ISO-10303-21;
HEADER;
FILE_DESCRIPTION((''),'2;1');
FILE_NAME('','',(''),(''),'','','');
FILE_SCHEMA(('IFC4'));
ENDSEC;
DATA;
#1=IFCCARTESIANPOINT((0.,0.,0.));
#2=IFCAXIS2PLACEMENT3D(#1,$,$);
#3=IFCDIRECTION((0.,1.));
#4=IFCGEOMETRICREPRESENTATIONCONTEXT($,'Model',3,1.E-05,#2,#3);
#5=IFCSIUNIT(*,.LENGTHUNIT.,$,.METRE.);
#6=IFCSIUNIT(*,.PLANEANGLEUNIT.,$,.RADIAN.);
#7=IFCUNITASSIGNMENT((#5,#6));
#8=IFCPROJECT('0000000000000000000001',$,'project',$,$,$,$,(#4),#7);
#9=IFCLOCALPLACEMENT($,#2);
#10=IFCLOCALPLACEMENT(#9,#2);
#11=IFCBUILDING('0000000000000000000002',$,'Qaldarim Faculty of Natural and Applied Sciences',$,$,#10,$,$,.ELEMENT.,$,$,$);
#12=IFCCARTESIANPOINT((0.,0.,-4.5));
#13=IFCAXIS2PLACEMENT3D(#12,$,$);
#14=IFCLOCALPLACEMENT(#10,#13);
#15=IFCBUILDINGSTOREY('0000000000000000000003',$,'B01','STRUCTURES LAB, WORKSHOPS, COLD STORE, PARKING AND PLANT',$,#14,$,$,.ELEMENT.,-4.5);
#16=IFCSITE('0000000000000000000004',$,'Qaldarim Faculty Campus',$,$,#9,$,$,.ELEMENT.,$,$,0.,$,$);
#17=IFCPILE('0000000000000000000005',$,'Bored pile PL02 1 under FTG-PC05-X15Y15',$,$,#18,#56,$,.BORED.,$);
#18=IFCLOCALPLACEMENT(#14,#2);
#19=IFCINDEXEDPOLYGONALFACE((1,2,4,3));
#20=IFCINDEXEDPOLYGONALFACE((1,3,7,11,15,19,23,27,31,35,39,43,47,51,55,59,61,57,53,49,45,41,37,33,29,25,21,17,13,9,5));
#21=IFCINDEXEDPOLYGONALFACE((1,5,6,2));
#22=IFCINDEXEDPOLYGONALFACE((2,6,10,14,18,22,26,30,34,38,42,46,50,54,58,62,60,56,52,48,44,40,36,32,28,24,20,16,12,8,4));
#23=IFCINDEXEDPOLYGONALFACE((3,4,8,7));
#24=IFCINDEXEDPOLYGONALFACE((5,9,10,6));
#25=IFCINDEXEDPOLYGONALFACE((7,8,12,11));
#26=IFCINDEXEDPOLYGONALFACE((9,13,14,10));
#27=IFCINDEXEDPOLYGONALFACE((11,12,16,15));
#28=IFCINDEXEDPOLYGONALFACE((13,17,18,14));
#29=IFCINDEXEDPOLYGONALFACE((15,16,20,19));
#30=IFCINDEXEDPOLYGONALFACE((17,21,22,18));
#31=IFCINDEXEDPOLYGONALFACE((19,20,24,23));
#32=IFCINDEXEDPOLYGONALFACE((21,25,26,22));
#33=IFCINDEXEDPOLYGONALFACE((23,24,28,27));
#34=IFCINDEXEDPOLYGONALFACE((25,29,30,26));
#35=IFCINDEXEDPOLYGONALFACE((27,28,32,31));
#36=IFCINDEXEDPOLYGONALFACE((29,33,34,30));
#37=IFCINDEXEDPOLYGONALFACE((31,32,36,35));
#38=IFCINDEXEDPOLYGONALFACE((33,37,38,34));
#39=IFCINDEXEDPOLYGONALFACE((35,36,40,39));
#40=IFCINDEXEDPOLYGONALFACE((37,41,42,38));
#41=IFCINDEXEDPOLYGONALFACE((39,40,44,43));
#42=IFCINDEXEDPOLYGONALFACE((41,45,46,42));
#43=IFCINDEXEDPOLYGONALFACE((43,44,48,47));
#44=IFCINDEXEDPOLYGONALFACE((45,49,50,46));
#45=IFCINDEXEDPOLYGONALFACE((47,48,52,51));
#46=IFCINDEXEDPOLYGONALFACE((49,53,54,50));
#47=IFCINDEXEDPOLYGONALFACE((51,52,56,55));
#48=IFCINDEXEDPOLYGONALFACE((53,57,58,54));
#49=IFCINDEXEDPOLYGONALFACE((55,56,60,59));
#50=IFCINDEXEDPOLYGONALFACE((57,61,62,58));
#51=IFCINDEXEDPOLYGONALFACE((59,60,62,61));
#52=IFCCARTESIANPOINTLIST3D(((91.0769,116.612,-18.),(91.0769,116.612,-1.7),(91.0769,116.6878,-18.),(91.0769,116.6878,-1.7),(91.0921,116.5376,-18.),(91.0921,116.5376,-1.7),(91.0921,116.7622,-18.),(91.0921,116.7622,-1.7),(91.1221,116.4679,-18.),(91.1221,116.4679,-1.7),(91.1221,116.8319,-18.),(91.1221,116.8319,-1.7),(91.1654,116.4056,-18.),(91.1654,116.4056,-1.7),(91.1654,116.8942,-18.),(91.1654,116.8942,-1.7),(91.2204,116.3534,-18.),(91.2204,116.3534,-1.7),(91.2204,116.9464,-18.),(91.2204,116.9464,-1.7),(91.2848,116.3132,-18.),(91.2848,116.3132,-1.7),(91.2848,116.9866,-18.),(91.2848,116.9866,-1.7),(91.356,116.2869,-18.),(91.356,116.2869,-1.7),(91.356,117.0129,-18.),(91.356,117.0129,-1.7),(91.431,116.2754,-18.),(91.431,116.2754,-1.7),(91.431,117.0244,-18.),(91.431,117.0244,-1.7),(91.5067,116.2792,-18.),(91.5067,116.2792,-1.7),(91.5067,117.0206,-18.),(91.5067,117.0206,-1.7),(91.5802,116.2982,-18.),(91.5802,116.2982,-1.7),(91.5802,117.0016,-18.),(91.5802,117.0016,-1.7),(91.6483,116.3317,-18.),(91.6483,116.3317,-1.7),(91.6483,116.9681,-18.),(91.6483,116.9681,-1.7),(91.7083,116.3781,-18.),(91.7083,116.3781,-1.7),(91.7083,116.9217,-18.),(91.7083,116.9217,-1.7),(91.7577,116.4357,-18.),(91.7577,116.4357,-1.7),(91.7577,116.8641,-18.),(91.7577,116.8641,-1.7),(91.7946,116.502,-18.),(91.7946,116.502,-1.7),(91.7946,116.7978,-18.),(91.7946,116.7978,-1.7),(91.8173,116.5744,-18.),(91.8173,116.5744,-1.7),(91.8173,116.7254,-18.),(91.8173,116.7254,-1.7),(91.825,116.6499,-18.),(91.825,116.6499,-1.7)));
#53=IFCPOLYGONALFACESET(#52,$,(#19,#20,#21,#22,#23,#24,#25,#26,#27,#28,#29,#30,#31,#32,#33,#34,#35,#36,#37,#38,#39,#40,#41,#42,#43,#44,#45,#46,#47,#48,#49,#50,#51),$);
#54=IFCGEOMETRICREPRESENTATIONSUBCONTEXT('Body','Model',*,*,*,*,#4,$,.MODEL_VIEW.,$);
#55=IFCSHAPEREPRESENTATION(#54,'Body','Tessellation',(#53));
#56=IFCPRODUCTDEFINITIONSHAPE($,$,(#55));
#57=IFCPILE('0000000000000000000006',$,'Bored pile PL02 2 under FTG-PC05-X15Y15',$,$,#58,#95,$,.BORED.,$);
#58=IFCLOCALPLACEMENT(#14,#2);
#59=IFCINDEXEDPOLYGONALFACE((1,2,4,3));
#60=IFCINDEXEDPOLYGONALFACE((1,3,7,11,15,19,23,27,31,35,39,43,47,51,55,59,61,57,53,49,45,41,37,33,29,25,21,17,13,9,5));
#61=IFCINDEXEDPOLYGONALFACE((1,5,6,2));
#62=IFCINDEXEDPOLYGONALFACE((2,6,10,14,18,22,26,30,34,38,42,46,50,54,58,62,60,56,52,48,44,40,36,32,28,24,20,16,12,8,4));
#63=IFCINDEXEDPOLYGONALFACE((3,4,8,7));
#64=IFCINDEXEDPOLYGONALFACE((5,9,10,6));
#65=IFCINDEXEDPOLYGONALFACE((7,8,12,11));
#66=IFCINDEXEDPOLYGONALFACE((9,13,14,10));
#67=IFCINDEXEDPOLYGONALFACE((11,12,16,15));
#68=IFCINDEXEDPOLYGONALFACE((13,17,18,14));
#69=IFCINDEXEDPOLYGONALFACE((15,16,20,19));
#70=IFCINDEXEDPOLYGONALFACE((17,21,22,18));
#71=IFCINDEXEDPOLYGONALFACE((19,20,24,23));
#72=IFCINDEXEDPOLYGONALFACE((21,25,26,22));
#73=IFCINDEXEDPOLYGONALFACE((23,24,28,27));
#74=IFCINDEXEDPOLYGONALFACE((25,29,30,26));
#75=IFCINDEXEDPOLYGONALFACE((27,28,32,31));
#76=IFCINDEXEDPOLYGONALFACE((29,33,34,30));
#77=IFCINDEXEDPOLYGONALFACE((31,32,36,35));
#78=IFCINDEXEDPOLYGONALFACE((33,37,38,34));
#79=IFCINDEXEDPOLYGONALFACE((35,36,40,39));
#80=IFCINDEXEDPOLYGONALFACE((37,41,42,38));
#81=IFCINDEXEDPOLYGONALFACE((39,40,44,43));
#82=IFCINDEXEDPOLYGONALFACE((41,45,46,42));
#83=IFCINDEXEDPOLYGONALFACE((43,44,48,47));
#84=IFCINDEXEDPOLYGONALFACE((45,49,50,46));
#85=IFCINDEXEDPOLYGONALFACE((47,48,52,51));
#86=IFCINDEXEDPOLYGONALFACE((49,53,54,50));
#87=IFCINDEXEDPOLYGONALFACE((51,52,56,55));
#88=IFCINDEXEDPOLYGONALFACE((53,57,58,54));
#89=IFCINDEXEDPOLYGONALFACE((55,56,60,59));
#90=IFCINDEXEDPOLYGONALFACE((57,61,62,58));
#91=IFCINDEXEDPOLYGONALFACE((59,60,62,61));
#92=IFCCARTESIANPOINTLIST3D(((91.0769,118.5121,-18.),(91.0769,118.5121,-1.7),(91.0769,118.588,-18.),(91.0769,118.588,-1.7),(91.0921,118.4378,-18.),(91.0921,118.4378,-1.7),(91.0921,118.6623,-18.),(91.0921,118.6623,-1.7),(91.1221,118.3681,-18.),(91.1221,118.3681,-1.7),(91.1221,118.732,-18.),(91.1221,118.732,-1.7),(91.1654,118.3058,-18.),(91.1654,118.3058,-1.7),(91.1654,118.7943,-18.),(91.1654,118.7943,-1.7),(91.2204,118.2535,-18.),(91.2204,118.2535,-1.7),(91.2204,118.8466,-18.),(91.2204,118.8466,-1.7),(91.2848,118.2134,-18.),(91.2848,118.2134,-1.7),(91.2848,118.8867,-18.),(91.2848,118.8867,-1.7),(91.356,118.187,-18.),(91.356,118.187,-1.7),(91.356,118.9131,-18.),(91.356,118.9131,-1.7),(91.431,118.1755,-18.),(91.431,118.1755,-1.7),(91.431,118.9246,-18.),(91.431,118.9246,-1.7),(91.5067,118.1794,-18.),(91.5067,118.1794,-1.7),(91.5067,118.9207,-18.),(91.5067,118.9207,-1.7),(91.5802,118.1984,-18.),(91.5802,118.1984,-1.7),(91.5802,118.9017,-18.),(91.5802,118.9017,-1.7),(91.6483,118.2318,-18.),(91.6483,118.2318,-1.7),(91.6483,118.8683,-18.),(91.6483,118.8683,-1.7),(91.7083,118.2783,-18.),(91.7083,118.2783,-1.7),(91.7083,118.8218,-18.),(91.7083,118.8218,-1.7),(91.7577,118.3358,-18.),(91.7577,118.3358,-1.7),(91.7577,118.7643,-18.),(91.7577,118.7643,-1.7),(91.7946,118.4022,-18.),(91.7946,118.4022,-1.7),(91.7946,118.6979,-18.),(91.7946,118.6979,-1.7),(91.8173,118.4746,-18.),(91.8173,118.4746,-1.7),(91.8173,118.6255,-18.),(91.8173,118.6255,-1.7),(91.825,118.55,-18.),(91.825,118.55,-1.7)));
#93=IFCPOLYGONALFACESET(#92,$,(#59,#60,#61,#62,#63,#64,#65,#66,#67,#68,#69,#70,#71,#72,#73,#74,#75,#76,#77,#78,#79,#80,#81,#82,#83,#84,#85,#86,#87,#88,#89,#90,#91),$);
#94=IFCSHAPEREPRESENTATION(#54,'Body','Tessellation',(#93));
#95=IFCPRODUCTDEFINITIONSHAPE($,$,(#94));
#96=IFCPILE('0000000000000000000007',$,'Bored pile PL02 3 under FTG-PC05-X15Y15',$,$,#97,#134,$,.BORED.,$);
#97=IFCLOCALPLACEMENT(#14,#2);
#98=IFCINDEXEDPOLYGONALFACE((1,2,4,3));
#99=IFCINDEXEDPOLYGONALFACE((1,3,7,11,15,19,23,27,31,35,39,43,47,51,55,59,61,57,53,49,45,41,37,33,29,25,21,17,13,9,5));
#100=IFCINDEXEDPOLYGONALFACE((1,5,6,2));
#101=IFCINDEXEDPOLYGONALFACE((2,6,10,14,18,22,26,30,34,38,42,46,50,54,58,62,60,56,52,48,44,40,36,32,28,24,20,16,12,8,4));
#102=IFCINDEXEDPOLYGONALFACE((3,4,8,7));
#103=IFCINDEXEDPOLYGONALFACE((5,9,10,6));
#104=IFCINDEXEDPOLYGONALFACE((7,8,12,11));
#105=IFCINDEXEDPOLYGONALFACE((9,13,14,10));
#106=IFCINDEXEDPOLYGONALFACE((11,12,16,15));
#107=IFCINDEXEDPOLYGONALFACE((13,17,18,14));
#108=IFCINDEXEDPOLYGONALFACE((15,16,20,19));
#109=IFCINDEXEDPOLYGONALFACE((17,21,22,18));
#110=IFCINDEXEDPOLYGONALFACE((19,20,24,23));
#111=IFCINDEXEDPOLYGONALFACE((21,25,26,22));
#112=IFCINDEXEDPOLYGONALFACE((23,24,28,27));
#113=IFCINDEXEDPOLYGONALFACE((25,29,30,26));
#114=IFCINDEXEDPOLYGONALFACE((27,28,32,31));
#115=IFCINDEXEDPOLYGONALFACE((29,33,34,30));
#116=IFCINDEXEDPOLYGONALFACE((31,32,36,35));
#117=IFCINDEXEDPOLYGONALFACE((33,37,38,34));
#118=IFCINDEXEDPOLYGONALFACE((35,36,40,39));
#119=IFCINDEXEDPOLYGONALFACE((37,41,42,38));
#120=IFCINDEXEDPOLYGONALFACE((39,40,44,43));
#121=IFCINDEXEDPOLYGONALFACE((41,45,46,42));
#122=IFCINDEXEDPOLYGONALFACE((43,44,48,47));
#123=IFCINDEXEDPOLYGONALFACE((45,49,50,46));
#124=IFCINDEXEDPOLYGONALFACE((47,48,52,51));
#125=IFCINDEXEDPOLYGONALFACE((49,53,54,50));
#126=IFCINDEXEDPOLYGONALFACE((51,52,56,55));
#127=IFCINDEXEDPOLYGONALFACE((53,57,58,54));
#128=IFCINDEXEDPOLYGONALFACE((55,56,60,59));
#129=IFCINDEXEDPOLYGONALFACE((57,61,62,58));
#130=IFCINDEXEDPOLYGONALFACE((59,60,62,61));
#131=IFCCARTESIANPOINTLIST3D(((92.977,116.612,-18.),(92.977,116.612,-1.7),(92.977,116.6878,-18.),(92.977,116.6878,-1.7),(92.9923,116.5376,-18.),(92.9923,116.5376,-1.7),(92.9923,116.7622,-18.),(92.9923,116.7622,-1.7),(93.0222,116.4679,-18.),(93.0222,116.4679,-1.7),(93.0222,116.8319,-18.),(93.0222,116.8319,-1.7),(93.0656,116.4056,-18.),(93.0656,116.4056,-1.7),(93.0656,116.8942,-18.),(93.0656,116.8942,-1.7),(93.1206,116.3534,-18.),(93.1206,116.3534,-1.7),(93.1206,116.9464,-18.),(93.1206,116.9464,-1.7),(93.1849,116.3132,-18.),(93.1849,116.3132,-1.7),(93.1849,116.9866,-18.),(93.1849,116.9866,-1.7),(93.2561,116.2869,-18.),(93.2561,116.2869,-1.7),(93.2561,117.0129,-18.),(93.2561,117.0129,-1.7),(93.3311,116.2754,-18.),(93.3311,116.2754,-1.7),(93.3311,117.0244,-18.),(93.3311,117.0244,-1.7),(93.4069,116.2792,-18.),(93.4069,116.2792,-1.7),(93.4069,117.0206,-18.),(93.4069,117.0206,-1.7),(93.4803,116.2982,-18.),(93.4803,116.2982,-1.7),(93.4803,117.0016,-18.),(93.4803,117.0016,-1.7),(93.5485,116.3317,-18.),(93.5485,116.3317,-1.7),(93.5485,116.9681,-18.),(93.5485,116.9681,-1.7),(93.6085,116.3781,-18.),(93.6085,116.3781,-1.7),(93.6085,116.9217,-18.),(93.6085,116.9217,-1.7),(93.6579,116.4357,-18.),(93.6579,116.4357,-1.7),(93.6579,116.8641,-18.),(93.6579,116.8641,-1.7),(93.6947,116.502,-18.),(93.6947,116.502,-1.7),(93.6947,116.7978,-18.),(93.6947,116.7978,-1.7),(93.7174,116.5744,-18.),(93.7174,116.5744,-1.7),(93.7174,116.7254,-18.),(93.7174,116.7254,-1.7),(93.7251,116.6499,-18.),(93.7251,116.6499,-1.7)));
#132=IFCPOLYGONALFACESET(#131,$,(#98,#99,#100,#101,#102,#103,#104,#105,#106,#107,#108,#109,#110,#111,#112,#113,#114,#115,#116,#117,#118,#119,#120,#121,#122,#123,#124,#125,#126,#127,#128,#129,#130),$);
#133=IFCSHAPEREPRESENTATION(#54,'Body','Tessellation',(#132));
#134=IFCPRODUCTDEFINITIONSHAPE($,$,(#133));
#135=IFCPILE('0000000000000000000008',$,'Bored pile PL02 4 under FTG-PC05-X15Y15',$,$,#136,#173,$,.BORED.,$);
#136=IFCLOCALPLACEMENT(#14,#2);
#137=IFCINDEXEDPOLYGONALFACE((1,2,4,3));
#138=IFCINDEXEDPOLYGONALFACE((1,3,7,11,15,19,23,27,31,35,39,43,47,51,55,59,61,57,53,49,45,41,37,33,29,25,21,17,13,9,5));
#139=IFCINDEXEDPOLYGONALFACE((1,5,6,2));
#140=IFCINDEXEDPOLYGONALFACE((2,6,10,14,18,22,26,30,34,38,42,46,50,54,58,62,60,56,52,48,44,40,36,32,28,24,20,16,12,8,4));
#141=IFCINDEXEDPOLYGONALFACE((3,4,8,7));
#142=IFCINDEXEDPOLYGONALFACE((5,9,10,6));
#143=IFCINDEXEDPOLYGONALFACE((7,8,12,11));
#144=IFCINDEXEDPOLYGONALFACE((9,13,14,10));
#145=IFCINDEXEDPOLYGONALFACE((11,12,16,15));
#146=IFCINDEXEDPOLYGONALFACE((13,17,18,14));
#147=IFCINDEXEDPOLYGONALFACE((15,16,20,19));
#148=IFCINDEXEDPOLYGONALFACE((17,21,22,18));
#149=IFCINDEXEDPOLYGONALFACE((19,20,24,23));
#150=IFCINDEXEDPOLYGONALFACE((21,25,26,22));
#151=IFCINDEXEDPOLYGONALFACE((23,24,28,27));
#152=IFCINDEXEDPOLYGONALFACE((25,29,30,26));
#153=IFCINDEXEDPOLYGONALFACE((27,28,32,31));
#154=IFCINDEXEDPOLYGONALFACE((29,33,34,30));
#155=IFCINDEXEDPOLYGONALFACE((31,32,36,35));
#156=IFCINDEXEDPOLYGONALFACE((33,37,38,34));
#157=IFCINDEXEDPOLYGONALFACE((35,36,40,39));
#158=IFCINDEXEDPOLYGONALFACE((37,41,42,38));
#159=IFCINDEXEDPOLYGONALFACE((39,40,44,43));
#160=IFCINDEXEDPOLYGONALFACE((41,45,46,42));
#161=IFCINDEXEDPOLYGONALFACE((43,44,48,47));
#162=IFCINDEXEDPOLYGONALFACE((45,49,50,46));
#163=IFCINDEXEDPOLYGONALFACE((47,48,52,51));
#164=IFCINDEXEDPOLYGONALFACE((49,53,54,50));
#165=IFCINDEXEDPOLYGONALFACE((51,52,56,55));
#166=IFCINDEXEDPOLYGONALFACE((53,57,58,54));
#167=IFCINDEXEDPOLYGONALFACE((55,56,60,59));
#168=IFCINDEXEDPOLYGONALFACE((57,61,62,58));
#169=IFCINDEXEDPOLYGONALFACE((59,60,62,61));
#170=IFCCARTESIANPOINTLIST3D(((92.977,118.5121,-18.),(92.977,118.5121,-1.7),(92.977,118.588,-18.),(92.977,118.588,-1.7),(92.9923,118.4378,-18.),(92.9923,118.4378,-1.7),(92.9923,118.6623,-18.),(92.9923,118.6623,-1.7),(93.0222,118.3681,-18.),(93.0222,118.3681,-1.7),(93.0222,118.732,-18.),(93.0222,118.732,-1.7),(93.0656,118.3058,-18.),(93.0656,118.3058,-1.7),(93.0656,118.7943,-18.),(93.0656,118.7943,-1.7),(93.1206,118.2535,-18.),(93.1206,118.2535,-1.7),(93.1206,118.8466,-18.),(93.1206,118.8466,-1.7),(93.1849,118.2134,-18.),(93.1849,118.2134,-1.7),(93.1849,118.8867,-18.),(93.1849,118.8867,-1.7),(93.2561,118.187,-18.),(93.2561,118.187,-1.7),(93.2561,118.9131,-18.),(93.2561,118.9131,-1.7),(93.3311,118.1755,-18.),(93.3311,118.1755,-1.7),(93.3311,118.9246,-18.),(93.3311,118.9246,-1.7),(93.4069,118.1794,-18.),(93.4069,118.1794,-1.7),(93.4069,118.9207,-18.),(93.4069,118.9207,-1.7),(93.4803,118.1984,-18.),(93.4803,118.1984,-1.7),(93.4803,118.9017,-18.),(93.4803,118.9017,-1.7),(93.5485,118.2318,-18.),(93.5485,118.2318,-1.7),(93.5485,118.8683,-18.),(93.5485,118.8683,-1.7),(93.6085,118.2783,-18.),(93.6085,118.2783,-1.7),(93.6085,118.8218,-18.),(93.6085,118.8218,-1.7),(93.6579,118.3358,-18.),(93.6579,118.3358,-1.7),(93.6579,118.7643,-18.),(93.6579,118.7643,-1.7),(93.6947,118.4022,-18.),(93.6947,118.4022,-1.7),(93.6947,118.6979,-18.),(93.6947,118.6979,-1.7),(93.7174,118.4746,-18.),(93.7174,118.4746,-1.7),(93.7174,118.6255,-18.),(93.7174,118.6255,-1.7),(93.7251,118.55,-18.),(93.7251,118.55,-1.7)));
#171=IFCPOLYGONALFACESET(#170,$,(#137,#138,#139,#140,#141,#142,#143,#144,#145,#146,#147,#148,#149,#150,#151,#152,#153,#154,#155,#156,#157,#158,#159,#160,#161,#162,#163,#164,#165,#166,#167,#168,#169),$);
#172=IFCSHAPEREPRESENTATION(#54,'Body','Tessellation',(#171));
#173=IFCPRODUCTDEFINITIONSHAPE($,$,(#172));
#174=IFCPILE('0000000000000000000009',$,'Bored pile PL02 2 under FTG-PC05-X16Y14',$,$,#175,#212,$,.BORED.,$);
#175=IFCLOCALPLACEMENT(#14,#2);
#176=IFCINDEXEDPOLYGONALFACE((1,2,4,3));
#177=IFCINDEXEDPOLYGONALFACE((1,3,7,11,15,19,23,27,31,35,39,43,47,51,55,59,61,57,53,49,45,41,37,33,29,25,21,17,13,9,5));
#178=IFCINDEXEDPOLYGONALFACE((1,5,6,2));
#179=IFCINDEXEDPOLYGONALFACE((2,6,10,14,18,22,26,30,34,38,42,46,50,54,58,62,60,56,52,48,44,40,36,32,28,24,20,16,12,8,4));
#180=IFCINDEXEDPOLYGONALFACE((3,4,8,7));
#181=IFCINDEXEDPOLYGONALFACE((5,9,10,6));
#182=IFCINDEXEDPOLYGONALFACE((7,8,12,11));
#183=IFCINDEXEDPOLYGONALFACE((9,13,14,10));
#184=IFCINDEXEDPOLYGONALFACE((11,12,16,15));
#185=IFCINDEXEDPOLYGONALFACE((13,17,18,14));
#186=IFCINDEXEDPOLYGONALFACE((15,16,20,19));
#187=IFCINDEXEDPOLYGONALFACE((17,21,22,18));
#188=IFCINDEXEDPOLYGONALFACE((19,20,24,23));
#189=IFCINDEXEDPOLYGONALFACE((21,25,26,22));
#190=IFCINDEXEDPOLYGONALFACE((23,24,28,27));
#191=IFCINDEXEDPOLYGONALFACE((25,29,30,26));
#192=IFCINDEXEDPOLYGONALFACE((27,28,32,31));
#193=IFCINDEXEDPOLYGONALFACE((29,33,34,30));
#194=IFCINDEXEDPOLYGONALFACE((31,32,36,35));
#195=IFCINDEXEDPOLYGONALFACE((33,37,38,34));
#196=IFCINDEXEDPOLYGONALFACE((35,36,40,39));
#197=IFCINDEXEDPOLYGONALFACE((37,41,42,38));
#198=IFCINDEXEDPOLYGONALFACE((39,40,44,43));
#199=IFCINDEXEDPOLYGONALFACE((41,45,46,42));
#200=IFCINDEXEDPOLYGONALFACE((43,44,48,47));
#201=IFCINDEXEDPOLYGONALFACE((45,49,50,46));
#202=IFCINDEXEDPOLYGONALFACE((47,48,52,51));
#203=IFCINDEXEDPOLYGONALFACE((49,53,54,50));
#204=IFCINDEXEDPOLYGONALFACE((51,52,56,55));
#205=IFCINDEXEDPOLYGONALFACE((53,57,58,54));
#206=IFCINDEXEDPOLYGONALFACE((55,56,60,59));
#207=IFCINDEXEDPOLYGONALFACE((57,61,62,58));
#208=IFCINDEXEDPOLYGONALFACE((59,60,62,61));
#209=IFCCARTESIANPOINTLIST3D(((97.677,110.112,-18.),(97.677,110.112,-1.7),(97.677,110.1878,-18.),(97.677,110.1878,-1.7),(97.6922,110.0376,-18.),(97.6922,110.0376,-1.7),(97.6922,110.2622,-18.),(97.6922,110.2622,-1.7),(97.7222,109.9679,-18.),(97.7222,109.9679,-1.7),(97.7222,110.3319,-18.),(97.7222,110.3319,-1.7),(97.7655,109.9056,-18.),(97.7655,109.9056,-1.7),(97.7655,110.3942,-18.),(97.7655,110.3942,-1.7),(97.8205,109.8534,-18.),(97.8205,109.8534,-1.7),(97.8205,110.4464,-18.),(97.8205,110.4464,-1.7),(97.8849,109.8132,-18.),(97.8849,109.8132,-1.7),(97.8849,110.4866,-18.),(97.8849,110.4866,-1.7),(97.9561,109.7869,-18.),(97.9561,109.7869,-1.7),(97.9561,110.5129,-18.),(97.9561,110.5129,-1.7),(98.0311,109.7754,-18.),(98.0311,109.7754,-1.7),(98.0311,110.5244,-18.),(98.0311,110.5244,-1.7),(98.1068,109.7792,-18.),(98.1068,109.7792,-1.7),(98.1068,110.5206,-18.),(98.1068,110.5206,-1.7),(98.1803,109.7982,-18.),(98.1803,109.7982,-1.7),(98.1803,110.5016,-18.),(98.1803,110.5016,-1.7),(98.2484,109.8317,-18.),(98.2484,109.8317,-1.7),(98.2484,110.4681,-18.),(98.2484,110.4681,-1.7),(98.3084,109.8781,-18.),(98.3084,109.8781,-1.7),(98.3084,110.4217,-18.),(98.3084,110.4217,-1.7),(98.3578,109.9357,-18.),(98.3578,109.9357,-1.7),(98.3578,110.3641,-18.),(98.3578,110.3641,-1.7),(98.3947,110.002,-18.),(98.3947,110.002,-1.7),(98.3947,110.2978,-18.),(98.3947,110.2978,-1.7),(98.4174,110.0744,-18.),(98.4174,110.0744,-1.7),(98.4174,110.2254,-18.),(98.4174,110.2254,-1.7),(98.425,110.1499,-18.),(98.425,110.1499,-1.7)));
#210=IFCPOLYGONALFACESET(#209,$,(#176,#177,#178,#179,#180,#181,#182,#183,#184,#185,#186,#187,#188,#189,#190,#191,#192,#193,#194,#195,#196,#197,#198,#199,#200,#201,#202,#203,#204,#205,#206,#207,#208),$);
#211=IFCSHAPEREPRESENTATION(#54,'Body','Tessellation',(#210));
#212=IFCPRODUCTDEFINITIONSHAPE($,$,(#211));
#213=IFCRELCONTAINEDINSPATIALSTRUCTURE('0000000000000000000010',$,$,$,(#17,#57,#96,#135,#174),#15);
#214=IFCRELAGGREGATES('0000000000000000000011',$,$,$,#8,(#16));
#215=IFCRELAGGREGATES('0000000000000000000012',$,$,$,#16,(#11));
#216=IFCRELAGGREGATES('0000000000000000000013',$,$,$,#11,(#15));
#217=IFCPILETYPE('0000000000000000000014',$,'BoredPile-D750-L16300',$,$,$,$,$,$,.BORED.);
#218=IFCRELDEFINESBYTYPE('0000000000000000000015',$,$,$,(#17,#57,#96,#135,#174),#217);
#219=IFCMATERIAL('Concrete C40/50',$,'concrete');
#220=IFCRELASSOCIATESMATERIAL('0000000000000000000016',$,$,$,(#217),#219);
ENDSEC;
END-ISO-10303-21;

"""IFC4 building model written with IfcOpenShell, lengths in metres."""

from ifc_helpers import new_model, si_unit, direction, frame, origin, origin_2d, place, context, subcontext, project, spatial, circle, extrude, material, material_profile, profile_set, type_object, element, save


model = new_model("IFC4")

# Units and contexts
model_context = context("Model", 3, precision=1e-05, world=origin(), true_north=direction((0.0, 1.0)))
body_context = subcontext(model_context, "Body", "Model", "MODEL_VIEW")
ifc_project = project(units=[si_unit("LENGTHUNIT", "METRE"), si_unit("PLANEANGLEUNIT", "RADIAN")], contexts=[model_context])

# Site, building, storey
site_placement = place(None, origin())
site = spatial("IfcSite", under=ifc_project, at=site_placement, Name="Qaldarim Faculty Campus", CompositionType="ELEMENT", RefElevation=0.0)
building_placement = place(site_placement, origin())
building = spatial("IfcBuilding", under=site, at=building_placement, Name="Qaldarim Faculty of Natural and Applied Sciences", CompositionType="ELEMENT")
storey_placement = place(building_placement, frame((0.0, 0.0, -4.5)))
storey = spatial("IfcBuildingStorey", under=building, at=storey_placement, Name="B01", Description="STRUCTURES LAB, WORKSHOPS, COLD STORE, PARKING AND PLANT", CompositionType="ELEMENT", Elevation=-4.5)

# Piles
ifc_material_1 = material(Name="Concrete C40/50", Category="concrete")
ifc_material_profile_1 = material_profile(ifc_material_1, circle(Radius=0.375, at=origin_2d()), Name="PILE-D750")
ifc_profile_set_1 = profile_set([ifc_material_profile_1], Name="Concrete C40/50")
pile_type_1 = type_object("IfcPileType", Name="BoredPile-D750-L16300", PredefinedType="BORED", material=ifc_profile_set_1)
for number, where, z_axis, x_axis, name in (
    (1, (91.45, 116.6499, -1.7), (0.0, 0.0, -1.0), (1.0, 0.0, 0.0), "Bored pile PL02 1 under FTG-PC05-X15Y15"),
    (2, (91.45, 118.55, -1.7), (0.0, 0.0, -1.0), (1.0, 0.0, 0.0), "Bored pile PL02 2 under FTG-PC05-X15Y15"),
    (3, (93.3501, 116.6499, -1.7), (0.0, 0.0, -1.0), (1.0, 0.0, 0.0), "Bored pile PL02 3 under FTG-PC05-X15Y15"),
    (4, (93.3501, 118.55, -1.7), (0.0, 0.0, -1.0), (1.0, 0.0, 0.0), "Bored pile PL02 4 under FTG-PC05-X15Y15"),
    (5, (98.05, 110.1499, -1.7), (0.0, 0.0, -1.0), (1.0, 0.0, 0.0), "Bored pile PL02 2 under FTG-PC05-X16Y14"),
):
    element("IfcPile", number, at=place(storey_placement, frame(where, z_axis=z_axis, x_axis=x_axis)), inside=storey, type_object=pile_type_1, Name=name, PredefinedType="BORED", context=body_context, shape_type="SweptSolid", body=[
        extrude(circle(Radius=0.375, at=origin_2d()), origin(), (0.0, 0.0, 1.0), 16.3),
    ])

save(model, "model.ifc")
